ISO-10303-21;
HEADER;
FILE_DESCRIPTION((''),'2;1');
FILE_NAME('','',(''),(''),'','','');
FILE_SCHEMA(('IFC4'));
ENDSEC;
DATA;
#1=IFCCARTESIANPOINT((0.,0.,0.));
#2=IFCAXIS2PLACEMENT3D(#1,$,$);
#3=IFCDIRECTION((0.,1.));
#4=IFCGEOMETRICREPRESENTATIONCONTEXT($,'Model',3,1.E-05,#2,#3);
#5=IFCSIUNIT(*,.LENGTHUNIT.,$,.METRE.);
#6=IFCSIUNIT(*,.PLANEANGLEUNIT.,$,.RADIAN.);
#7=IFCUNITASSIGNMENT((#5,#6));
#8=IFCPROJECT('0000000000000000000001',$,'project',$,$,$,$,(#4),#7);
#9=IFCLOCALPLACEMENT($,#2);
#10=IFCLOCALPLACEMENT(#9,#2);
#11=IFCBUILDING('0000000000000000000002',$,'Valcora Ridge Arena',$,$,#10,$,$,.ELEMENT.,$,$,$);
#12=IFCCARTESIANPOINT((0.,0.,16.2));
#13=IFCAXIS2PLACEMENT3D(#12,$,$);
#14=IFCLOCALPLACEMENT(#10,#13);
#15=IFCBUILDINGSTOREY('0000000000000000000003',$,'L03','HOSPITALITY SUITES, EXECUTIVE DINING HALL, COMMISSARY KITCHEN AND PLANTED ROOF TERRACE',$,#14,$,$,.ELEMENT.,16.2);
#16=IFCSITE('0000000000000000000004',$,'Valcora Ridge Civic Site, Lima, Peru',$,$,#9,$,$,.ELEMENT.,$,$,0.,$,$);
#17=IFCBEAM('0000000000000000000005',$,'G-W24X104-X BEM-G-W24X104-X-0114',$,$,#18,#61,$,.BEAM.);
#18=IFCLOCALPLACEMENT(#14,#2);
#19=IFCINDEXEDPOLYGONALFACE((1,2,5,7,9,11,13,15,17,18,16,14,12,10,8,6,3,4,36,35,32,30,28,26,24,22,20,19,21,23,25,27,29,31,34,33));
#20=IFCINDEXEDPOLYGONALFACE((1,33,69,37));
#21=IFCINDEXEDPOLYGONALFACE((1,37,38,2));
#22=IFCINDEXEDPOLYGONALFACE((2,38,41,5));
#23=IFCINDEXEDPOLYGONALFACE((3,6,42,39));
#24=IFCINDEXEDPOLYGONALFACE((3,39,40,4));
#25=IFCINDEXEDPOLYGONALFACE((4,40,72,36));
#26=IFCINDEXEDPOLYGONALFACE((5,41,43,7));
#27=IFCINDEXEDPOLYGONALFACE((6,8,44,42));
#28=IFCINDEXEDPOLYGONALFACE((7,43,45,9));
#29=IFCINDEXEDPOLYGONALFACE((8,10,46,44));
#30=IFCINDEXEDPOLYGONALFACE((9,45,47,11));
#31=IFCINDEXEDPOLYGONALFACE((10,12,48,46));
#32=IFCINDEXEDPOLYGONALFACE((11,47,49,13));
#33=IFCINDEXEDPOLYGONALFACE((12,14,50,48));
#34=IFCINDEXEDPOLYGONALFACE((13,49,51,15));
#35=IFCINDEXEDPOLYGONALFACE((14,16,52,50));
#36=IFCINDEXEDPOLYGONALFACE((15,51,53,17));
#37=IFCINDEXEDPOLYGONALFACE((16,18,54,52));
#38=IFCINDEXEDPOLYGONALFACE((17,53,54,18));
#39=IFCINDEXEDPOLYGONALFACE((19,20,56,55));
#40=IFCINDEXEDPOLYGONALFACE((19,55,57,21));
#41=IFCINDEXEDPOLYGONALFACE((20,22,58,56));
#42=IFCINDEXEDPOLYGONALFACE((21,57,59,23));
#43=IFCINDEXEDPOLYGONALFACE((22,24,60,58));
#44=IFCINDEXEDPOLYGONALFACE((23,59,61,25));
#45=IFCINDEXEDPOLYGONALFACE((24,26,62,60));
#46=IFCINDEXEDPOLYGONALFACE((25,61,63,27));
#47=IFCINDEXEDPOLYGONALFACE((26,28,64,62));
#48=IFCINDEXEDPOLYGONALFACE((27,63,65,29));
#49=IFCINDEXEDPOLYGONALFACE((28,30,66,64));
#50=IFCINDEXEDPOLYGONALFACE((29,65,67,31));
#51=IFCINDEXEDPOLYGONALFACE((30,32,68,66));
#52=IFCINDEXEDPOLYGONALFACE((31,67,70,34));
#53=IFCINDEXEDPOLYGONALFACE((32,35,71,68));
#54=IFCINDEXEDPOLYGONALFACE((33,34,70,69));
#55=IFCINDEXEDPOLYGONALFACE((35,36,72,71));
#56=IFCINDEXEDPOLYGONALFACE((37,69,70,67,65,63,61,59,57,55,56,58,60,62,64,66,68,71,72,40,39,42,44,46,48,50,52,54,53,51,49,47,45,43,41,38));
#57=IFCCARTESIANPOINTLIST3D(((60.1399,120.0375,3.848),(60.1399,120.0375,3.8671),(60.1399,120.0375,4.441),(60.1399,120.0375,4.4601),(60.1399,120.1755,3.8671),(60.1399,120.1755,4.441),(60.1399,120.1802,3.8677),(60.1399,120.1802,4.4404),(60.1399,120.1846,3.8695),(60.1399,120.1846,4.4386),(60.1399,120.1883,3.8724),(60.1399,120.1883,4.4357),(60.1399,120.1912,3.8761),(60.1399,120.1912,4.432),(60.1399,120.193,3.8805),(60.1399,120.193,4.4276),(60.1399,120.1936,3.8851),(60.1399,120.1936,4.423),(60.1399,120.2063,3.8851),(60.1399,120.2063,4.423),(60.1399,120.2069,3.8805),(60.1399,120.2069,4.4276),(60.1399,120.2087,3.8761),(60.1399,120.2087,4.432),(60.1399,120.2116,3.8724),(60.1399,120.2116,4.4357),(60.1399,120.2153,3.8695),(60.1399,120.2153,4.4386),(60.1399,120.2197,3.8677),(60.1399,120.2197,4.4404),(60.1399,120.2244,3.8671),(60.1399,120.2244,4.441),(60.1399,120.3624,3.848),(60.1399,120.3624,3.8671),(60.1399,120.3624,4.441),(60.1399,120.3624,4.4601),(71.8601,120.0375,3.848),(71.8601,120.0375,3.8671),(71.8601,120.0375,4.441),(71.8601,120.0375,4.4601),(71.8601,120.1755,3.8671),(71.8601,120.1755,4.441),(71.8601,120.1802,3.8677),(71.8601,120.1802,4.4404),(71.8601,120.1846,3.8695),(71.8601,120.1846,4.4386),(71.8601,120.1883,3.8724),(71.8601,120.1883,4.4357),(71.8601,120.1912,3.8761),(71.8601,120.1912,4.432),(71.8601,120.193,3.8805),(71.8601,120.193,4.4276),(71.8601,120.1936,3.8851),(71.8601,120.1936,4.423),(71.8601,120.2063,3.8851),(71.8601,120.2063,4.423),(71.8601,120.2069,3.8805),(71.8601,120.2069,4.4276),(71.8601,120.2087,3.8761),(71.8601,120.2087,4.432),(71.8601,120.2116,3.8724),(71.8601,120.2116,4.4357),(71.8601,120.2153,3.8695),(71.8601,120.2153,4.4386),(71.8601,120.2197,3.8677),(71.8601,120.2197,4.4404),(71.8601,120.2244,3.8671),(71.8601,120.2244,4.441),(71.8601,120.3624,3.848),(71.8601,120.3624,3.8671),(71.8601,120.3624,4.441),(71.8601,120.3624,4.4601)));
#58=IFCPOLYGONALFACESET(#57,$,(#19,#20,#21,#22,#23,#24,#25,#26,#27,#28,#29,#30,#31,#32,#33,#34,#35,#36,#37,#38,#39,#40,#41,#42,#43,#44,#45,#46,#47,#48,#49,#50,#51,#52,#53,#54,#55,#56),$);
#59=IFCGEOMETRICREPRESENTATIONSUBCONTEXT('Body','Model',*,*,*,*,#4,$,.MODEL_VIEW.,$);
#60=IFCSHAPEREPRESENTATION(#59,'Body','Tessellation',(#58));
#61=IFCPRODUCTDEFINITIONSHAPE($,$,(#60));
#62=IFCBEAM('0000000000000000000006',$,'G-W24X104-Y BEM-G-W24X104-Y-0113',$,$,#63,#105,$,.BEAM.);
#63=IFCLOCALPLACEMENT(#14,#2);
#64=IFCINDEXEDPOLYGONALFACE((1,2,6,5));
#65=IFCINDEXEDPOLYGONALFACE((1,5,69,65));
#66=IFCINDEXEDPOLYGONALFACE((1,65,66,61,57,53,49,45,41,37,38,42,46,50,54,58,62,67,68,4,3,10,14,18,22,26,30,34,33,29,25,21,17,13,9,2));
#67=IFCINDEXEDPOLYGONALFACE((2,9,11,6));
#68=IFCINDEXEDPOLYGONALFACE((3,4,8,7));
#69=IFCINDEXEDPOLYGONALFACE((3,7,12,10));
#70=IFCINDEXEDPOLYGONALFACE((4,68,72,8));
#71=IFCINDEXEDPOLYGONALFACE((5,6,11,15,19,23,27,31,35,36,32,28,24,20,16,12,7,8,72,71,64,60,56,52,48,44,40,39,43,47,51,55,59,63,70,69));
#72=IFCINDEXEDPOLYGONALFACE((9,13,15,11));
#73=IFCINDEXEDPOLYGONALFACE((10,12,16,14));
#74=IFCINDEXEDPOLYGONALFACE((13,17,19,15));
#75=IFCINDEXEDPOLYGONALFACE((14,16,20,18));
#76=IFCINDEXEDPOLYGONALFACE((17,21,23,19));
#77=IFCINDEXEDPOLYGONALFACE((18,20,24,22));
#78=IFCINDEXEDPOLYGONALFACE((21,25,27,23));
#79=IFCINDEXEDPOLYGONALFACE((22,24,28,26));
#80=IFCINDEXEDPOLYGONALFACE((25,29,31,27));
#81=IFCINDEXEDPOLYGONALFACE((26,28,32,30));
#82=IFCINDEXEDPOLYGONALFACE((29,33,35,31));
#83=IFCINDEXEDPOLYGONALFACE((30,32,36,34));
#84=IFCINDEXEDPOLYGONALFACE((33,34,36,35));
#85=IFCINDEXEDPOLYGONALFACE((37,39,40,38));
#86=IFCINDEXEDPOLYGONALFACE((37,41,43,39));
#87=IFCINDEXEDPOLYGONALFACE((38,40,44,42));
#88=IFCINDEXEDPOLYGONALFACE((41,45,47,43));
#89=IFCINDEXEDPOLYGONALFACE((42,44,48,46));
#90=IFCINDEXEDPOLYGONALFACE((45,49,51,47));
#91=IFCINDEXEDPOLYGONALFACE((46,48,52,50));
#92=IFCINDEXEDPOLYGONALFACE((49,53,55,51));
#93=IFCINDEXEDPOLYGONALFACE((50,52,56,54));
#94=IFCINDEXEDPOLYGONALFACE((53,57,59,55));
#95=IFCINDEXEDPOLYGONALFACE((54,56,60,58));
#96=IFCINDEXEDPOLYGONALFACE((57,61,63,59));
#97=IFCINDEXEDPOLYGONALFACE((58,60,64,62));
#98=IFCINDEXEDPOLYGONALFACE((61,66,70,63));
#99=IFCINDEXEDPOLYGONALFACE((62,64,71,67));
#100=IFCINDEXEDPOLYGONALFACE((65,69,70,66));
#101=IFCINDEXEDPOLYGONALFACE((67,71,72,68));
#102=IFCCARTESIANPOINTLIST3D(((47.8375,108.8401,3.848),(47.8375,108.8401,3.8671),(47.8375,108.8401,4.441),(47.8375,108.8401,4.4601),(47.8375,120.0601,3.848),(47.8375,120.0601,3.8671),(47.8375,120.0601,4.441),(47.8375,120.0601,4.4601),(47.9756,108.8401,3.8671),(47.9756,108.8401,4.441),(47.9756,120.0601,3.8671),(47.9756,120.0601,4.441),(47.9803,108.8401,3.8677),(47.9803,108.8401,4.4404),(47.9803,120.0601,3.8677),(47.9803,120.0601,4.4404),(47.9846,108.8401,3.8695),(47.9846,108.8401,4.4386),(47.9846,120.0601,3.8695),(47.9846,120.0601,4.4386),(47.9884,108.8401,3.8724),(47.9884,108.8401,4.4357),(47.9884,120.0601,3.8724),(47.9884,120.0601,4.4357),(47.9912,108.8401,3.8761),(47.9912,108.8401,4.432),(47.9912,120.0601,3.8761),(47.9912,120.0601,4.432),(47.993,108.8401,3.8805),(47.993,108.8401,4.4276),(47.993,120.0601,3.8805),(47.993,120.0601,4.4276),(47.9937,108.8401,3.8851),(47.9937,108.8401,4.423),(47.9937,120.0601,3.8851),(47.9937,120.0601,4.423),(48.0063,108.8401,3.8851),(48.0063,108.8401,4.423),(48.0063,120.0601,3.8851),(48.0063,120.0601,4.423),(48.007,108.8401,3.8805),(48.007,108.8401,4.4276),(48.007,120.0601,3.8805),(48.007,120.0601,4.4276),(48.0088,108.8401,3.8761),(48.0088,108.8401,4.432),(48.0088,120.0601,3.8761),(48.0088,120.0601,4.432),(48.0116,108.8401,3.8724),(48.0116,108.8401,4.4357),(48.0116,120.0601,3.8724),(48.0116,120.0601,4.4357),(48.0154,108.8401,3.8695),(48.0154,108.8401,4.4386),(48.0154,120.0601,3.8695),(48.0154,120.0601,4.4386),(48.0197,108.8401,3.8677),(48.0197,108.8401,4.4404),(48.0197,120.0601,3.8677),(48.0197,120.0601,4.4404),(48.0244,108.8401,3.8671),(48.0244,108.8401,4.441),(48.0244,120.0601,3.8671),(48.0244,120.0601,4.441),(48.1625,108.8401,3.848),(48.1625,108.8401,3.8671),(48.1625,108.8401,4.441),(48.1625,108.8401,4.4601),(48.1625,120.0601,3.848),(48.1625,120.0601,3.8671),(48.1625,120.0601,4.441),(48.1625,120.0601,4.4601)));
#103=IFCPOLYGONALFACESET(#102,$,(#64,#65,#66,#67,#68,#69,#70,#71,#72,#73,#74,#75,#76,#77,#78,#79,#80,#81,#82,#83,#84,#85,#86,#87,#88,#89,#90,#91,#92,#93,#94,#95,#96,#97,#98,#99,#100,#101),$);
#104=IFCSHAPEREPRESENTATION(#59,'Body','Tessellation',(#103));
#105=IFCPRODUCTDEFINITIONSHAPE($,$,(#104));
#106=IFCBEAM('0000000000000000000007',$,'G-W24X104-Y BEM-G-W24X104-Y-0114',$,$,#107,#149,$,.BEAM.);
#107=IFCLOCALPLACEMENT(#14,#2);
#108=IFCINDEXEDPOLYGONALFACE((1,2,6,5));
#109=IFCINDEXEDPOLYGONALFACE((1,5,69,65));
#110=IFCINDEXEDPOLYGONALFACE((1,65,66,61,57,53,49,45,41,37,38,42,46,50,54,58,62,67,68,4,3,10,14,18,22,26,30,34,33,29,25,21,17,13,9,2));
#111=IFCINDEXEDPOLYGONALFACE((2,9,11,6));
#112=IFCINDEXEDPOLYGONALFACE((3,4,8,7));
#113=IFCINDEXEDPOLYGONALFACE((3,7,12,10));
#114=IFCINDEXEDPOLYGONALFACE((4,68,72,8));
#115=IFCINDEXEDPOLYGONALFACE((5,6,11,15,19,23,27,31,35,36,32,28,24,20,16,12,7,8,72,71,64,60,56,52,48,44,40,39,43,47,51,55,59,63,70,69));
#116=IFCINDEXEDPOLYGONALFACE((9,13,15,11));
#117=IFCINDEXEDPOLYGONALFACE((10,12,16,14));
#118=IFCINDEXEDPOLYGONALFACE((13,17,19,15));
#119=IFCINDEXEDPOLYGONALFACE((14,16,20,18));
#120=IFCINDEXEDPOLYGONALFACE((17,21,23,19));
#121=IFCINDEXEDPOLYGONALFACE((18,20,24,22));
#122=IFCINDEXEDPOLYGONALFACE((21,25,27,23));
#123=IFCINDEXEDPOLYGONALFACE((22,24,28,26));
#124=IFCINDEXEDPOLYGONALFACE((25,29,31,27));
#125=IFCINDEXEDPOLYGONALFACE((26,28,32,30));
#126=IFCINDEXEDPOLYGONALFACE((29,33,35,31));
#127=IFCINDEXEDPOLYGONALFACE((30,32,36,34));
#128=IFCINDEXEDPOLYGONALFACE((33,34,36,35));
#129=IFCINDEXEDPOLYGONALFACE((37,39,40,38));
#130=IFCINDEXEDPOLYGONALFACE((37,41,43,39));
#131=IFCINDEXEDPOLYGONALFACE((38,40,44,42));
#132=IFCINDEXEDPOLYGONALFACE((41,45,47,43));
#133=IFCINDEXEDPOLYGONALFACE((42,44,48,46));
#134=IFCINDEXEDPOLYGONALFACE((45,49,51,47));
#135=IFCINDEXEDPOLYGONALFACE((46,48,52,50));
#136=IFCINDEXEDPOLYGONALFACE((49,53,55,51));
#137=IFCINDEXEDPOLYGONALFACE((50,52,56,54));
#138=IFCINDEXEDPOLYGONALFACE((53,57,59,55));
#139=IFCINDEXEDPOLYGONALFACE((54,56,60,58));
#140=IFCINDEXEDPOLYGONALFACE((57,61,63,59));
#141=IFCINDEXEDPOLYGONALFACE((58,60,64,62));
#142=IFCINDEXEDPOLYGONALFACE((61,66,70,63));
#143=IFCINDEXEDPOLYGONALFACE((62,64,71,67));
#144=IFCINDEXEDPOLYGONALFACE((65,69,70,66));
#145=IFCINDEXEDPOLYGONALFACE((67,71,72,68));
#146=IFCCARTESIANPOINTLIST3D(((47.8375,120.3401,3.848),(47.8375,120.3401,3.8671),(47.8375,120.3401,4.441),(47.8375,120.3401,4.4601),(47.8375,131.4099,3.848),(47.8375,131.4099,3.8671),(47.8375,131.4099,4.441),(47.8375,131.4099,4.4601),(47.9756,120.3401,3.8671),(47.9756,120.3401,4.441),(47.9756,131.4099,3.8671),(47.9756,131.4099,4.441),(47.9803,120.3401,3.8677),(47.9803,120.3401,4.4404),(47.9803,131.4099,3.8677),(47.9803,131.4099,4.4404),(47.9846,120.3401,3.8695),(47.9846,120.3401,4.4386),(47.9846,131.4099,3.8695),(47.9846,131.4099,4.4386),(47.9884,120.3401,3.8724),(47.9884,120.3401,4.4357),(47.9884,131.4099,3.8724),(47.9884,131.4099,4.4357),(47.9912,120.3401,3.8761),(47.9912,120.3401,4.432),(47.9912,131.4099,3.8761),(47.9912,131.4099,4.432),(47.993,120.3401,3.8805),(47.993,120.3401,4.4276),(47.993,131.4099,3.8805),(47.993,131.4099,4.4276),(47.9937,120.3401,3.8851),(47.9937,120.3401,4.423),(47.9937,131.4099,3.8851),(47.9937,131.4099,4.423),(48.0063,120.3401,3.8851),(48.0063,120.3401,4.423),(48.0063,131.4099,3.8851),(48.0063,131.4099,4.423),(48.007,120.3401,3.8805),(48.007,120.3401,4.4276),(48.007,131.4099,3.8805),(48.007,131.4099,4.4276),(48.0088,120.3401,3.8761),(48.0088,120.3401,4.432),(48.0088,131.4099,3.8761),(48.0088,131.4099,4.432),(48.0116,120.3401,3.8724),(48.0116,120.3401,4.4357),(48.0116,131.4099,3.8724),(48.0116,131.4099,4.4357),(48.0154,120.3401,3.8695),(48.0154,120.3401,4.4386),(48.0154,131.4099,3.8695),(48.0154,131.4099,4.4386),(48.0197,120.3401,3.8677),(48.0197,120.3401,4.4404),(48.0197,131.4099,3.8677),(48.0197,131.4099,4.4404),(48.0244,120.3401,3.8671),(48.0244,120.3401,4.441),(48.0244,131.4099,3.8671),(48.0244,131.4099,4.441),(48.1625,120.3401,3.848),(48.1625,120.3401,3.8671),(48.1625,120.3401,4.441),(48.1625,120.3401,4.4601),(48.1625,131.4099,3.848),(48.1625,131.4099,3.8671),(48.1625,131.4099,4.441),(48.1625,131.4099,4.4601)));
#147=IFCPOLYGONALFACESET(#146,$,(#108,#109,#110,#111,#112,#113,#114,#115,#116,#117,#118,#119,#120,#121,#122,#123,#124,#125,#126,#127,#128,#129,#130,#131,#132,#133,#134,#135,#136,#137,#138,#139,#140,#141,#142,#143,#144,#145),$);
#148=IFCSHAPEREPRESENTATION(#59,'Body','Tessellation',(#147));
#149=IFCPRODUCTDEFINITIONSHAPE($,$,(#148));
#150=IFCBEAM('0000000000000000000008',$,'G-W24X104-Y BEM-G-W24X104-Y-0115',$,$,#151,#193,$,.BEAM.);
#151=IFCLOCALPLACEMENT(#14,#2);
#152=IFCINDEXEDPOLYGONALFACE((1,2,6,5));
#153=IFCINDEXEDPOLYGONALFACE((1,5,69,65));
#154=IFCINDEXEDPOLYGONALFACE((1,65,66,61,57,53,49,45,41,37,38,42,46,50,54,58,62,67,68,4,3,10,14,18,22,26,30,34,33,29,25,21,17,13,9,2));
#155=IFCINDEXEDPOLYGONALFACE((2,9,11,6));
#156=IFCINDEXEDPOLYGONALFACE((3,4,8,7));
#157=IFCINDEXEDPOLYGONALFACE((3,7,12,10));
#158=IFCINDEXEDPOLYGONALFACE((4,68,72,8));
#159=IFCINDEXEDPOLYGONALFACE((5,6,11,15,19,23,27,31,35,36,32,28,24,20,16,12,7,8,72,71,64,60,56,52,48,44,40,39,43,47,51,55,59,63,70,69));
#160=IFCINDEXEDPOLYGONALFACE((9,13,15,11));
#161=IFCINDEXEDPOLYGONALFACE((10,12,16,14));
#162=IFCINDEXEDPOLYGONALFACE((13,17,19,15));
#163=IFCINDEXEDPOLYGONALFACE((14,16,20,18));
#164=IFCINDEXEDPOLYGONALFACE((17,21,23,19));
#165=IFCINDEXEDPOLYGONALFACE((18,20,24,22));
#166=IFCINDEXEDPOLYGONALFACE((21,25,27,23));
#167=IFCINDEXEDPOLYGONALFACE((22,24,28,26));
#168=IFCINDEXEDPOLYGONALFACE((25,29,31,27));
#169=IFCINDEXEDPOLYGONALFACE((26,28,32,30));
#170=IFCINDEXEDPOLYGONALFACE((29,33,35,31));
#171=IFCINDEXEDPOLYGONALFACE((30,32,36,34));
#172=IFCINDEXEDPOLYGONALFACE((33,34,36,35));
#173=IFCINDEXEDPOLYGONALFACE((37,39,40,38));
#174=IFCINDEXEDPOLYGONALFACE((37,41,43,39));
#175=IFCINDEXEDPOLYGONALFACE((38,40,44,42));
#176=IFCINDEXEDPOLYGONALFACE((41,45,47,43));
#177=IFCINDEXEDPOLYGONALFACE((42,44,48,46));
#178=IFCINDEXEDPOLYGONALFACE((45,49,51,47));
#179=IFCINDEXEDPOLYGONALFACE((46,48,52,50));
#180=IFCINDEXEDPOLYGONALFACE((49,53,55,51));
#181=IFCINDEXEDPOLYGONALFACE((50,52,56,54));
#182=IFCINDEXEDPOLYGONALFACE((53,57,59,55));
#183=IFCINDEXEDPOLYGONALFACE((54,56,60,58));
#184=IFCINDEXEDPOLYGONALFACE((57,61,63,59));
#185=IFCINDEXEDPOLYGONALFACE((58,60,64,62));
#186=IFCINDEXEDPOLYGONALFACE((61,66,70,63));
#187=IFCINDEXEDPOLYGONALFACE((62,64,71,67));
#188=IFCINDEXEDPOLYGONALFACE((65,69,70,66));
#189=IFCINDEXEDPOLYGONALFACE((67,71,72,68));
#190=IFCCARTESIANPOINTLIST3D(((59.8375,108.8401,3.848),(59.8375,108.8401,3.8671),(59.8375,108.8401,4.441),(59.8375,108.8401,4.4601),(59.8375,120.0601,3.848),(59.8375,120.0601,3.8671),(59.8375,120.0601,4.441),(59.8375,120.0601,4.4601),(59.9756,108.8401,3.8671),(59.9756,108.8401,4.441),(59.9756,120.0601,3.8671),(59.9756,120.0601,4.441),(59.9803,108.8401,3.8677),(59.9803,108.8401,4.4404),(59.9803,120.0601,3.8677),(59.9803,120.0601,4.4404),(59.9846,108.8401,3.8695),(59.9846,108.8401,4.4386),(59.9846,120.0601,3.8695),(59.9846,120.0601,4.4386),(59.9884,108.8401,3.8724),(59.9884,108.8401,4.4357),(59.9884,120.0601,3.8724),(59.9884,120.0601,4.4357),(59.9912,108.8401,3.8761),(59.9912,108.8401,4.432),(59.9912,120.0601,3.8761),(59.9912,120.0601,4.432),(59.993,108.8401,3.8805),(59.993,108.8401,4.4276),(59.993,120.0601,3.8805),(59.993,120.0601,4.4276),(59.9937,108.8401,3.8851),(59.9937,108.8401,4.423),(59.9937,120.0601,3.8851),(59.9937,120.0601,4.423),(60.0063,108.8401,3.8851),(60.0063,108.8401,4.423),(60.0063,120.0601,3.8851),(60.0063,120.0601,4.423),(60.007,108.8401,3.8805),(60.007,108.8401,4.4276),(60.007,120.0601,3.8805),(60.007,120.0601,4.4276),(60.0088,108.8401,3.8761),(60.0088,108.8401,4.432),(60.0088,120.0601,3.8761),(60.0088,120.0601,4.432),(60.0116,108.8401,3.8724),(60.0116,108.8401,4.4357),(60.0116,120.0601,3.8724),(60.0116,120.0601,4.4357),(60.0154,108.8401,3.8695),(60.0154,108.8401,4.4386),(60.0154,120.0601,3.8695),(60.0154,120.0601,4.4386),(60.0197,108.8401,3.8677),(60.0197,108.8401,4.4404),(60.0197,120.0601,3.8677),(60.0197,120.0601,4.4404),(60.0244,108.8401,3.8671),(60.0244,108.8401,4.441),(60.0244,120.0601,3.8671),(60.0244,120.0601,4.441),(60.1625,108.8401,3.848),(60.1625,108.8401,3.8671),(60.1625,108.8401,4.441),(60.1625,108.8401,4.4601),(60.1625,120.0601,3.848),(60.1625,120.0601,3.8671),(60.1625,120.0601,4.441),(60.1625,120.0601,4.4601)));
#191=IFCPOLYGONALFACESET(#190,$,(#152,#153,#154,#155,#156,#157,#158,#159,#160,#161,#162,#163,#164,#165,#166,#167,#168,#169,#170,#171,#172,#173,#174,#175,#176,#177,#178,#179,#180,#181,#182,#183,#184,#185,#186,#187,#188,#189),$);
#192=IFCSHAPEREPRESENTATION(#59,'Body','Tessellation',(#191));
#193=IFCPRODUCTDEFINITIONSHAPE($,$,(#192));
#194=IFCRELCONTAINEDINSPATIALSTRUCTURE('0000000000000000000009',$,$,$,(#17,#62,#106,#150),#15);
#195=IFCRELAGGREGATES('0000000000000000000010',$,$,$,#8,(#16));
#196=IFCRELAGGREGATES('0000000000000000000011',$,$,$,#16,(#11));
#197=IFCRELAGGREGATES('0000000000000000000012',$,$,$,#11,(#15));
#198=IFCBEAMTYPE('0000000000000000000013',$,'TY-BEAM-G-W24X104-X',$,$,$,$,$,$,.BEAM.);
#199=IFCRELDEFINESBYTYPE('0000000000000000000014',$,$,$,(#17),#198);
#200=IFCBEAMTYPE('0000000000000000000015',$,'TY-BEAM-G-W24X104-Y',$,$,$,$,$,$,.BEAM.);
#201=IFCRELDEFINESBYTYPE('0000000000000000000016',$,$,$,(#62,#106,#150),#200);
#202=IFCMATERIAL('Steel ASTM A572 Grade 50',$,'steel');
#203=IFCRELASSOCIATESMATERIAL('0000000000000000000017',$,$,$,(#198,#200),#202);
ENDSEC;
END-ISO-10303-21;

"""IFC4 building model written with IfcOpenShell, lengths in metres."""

from ifc_helpers import new_model, si_unit, direction, frame, origin, origin_2d, place, context, subcontext, project, spatial, i_section, extrude, material, material_profile, profile_set, type_object, element, save


model = new_model("IFC4")

# Units and contexts
model_context = context("Model", 3, precision=1e-05, world=origin(), true_north=direction((0.0, 1.0)))
body_context = subcontext(model_context, "Body", "Model", "MODEL_VIEW")
ifc_project = project(units=[si_unit("LENGTHUNIT", "METRE"), si_unit("PLANEANGLEUNIT", "RADIAN")], contexts=[model_context])

# Site, building, storey
site_placement = place(None, origin())
site = spatial("IfcSite", under=ifc_project, at=site_placement, Name="Valcora Ridge Civic Site, Lima, Peru", CompositionType="ELEMENT", RefElevation=0.0)
building_placement = place(site_placement, origin())
building = spatial("IfcBuilding", under=site, at=building_placement, Name="Valcora Ridge Arena", CompositionType="ELEMENT")
storey_placement = place(building_placement, frame((0.0, 0.0, 16.2)))
storey = spatial("IfcBuildingStorey", under=building, at=storey_placement, Name="L03", Description="HOSPITALITY SUITES, EXECUTIVE DINING HALL, COMMISSARY KITCHEN AND PLANTED ROOF TERRACE", CompositionType="ELEMENT", Elevation=16.2)

# Beams
ifc_material_1 = material(Name="Steel ASTM A572 Grade 50", Category="steel")
ifc_material_profile_1 = material_profile(ifc_material_1, i_section(OverallWidth=0.325, OverallDepth=0.6121, WebThickness=0.0127, FlangeThickness=0.019, FilletRadius=0.0181, at=origin_2d()), Name="W24X104")
ifc_profile_set_1 = profile_set([ifc_material_profile_1], Name="Steel ASTM A572 Grade 50")
beam_type_1 = type_object("IfcBeamType", Name="TY-BEAM-G-W24X104-X", PredefinedType="BEAM", material=ifc_profile_set_1)
for number, where, z_axis, x_axis, name in (
    (1, (60.1399, 120.2, 4.1541), (1.0, 0.0, 0.0), (0.0, 1.0, 0.0), "G-W24X104-X BEM-G-W24X104-X-0114"),
):
    element("IfcBeam", number, at=place(storey_placement, frame(where, z_axis=z_axis, x_axis=x_axis)), inside=storey, type_object=beam_type_1, Name=name, PredefinedType="BEAM", context=body_context, shape_type="SweptSolid", body=[
        extrude(i_section(OverallWidth=0.325, OverallDepth=0.6121, WebThickness=0.0127, FlangeThickness=0.019, FilletRadius=0.0181, at=origin_2d()), origin(), (0.0, 0.0, 1.0), 11.7202),
    ])
ifc_material_profile_2 = material_profile(ifc_material_1, i_section(OverallWidth=0.325, OverallDepth=0.6121, WebThickness=0.0127, FlangeThickness=0.019, FilletRadius=0.0181, at=origin_2d()), Name="W24X104")
ifc_profile_set_2 = profile_set([ifc_material_profile_2], Name="Steel ASTM A572 Grade 50")
beam_type_2 = type_object("IfcBeamType", Name="TY-BEAM-G-W24X104-Y", PredefinedType="BEAM", material=ifc_profile_set_2)
beam_1_placement = place(storey_placement, frame((48.0, 108.8401, 4.1541), z_axis=(0.0, 1.0, 0.0), x_axis=(-1.0, 0.0, 0.0)))
element("IfcBeam", 2, at=beam_1_placement, inside=storey, type_object=beam_type_2, Name="G-W24X104-Y BEM-G-W24X104-Y-0113", PredefinedType="BEAM", context=body_context, shape_type="SweptSolid", body=[
    extrude(i_section(OverallWidth=0.325, OverallDepth=0.6121, WebThickness=0.0127, FlangeThickness=0.019, FilletRadius=0.0181, at=origin_2d()), origin(), (0.0, 0.0, 1.0), 11.22),
])
beam_2_placement = place(storey_placement, frame((48.0, 120.3401, 4.1541), z_axis=(0.0, 1.0, 0.0), x_axis=(-1.0, 0.0, 0.0)))
element("IfcBeam", 3, at=beam_2_placement, inside=storey, type_object=beam_type_2, Name="G-W24X104-Y BEM-G-W24X104-Y-0114", PredefinedType="BEAM", context=body_context, shape_type="SweptSolid", body=[
    extrude(i_section(OverallWidth=0.325, OverallDepth=0.6121, WebThickness=0.0127, FlangeThickness=0.019, FilletRadius=0.0181, at=origin_2d()), origin(), (0.0, 0.0, 1.0), 11.0698),
])
beam_3_placement = place(storey_placement, frame((60.0, 108.8401, 4.1541), z_axis=(0.0, 1.0, 0.0), x_axis=(-1.0, 0.0, 0.0)))
element("IfcBeam", 4, at=beam_3_placement, inside=storey, type_object=beam_type_2, Name="G-W24X104-Y BEM-G-W24X104-Y-0115", PredefinedType="BEAM", context=body_context, shape_type="SweptSolid", body=[
    extrude(i_section(OverallWidth=0.325, OverallDepth=0.6121, WebThickness=0.0127, FlangeThickness=0.019, FilletRadius=0.0181, at=origin_2d()), origin(), (0.0, 0.0, 1.0), 11.22),
])

save(model, "model.ifc")
